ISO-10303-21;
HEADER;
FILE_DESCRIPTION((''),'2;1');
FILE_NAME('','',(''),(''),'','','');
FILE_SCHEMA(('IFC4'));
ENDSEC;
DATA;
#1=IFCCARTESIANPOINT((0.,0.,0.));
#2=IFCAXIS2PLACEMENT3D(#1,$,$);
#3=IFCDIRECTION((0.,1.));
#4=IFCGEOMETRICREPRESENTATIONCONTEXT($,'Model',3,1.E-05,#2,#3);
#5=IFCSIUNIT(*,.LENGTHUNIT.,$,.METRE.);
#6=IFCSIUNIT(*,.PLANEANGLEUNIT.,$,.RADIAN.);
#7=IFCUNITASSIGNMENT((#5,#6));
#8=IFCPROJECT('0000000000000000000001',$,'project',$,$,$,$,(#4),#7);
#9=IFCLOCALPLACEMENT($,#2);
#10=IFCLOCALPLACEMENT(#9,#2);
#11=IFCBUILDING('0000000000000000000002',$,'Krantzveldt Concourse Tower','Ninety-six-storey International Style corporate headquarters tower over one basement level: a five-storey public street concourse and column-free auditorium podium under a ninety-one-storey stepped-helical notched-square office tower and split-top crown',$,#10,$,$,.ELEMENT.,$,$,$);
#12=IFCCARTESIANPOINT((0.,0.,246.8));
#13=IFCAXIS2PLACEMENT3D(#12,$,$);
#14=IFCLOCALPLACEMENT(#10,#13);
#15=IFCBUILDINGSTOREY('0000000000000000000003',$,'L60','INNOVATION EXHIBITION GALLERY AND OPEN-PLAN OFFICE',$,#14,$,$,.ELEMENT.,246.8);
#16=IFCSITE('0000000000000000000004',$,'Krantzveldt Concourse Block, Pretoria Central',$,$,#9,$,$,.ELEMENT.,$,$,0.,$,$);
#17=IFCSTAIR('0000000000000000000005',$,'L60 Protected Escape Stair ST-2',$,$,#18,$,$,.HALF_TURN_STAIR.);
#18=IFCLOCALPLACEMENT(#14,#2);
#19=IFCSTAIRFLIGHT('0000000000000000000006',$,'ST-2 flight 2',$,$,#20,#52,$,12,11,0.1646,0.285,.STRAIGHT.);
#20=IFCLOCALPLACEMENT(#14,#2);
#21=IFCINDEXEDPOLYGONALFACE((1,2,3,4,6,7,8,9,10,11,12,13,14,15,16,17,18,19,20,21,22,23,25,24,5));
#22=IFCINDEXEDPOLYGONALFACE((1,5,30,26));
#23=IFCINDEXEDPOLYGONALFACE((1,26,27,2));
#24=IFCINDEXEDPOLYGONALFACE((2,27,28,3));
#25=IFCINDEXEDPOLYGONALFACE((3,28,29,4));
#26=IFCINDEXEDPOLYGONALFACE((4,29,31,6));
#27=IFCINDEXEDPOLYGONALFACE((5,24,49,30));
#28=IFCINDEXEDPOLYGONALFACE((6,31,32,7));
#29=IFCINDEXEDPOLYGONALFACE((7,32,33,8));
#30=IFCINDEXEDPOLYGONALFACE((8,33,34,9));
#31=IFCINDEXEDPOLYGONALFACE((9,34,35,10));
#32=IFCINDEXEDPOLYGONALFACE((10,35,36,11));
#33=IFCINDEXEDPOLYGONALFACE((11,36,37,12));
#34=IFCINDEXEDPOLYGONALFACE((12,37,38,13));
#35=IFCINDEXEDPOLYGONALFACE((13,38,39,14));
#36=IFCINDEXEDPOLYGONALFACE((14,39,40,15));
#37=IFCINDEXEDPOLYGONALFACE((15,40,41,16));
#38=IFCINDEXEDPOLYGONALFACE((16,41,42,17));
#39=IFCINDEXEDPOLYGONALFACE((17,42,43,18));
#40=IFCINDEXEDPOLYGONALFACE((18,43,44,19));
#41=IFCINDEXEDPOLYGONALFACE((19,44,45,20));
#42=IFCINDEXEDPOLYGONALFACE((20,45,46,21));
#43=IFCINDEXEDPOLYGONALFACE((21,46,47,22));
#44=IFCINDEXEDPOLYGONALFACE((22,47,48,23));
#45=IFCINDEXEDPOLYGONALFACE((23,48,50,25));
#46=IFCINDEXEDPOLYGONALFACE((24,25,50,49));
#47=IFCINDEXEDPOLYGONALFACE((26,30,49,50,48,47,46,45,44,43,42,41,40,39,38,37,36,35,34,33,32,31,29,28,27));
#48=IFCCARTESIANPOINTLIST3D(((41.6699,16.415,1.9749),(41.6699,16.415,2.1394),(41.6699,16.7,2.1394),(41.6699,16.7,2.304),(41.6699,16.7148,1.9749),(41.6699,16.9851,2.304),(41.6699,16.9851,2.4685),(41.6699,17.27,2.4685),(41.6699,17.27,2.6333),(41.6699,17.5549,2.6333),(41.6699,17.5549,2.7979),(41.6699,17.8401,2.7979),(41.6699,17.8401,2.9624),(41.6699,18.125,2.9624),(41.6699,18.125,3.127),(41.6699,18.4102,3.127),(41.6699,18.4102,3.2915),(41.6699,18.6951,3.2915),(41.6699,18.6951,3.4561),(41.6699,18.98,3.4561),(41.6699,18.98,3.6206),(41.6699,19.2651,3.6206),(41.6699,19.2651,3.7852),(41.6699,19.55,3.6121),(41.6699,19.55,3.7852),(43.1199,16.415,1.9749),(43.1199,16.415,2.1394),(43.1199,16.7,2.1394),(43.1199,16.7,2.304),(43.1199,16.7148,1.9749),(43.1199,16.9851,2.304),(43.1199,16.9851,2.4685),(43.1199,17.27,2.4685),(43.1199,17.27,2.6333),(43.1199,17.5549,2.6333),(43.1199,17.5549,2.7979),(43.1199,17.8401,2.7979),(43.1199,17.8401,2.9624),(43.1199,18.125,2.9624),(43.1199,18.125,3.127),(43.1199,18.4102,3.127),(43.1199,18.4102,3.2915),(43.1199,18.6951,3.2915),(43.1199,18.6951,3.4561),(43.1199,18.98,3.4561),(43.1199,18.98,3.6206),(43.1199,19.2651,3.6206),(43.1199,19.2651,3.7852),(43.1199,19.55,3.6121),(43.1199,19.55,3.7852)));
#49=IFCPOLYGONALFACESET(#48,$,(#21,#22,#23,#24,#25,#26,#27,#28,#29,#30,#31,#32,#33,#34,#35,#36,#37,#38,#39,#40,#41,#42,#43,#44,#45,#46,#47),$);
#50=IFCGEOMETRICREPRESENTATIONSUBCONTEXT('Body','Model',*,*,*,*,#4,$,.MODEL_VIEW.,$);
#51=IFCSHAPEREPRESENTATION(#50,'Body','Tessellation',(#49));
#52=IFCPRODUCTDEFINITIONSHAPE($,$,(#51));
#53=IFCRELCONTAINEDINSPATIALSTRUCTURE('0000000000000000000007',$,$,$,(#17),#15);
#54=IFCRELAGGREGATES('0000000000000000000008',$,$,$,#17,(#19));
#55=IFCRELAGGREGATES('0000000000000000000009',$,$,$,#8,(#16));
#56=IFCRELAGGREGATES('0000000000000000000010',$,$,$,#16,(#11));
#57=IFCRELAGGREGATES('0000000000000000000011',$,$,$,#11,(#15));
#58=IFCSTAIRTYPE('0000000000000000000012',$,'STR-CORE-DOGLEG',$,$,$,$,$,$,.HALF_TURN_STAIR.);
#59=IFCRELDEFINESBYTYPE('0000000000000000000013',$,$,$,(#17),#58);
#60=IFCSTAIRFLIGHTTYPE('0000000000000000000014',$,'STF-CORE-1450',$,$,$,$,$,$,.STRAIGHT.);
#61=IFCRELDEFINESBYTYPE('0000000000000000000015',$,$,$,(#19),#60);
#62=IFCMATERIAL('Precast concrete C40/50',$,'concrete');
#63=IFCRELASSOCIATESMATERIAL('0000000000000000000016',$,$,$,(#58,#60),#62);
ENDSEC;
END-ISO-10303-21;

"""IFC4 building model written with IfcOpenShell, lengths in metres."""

from ifc_helpers import new_model, si_unit, direction, frame, origin, place, context, subcontext, project, spatial, polyline, outline, extrude, material, type_object, element, aggregate, save


model = new_model("IFC4")

# Units and contexts
model_context = context("Model", 3, precision=1e-05, world=origin(), true_north=direction((0.0, 1.0)))
body_context = subcontext(model_context, "Body", "Model", "MODEL_VIEW")
ifc_project = project(units=[si_unit("LENGTHUNIT", "METRE"), si_unit("PLANEANGLEUNIT", "RADIAN")], contexts=[model_context])

# Site, building, storey
site_placement = place(None, origin())
site = spatial("IfcSite", under=ifc_project, at=site_placement, Name="Krantzveldt Concourse Block, Pretoria Central", CompositionType="ELEMENT", RefElevation=0.0)
building_placement = place(site_placement, origin())
building = spatial("IfcBuilding", under=site, at=building_placement, Name="Krantzveldt Concourse Tower", Description="Ninety-six-storey International Style corporate headquarters tower over one basement level: a five-storey public street concourse and column-free auditorium podium under a ninety-one-storey stepped-helical notched-square office tower and split-top crown", CompositionType="ELEMENT")
storey_placement = place(building_placement, frame((0.0, 0.0, 246.8)))
storey = spatial("IfcBuildingStorey", under=building, at=storey_placement, Name="L60", Description="INNOVATION EXHIBITION GALLERY AND OPEN-PLAN OFFICE", CompositionType="ELEMENT", Elevation=246.8)

# Stair, stair flight
ifc_material_1 = material(Name="Precast concrete C40/50", Category="concrete")
stair_type = type_object("IfcStairType", Name="STR-CORE-DOGLEG", PredefinedType="HALF_TURN_STAIR", material=ifc_material_1)
stair_placement = place(storey_placement, origin())
stair = element("IfcStair", 1, at=stair_placement, inside=storey, type_object=stair_type, Name="L60 Protected Escape Stair ST-2", PredefinedType="HALF_TURN_STAIR")
stair_flight_type = type_object("IfcStairFlightType", Name="STF-CORE-1450", PredefinedType="STRAIGHT", material=ifc_material_1)
stair_flight_1_placement = place(storey_placement, frame((42.395, 16.415, 1.9749), z_axis=(0.0, 0.0, 1.0), x_axis=(0.0, 1.0, 0.0)))
stair_flight_1 = element("IfcStairFlight", 2, at=stair_flight_1_placement, type_object=stair_flight_type, Name="ST-2 flight 2", NumberOfRisers=12, NumberOfTreads=11, PredefinedType="STRAIGHT", RiserHeight=0.1646, TreadLength=0.285, context=body_context, shape_type="SweptSolid", body=[
    extrude(outline(polyline([(0.0, 0.0), (0.0, 0.1646), (0.2849, 0.1646), (0.2849, 0.3291), (0.5701, 0.3291), (0.5701, 0.4937), (0.855, 0.4937), (0.855, 0.6584), (1.1399, 0.6584), (1.1399, 0.823), (1.425, 0.823), (1.425, 0.9875), (1.71, 0.9875), (1.71, 1.1521), (1.9951, 1.1521), (1.9951, 1.3167), (2.28, 1.3167), (2.28, 1.4812), (2.5649, 1.4812), (2.5649, 1.6458), (2.8501, 1.6458), (2.8501, 1.8103), (3.135, 1.8103), (3.135, 1.9751), (3.135, 1.6372), (0.2998, 0.0), (0.0, 0.0)])), frame((0.0, 0.7251, 0.0), z_axis=(0.0, -1.0, 0.0), x_axis=(1.0, 0.0, 0.0)), (0.0, 0.0, 1.0), 1.45),
])
aggregate(stair, [stair_flight_1])

save(model, "model.ifc")
